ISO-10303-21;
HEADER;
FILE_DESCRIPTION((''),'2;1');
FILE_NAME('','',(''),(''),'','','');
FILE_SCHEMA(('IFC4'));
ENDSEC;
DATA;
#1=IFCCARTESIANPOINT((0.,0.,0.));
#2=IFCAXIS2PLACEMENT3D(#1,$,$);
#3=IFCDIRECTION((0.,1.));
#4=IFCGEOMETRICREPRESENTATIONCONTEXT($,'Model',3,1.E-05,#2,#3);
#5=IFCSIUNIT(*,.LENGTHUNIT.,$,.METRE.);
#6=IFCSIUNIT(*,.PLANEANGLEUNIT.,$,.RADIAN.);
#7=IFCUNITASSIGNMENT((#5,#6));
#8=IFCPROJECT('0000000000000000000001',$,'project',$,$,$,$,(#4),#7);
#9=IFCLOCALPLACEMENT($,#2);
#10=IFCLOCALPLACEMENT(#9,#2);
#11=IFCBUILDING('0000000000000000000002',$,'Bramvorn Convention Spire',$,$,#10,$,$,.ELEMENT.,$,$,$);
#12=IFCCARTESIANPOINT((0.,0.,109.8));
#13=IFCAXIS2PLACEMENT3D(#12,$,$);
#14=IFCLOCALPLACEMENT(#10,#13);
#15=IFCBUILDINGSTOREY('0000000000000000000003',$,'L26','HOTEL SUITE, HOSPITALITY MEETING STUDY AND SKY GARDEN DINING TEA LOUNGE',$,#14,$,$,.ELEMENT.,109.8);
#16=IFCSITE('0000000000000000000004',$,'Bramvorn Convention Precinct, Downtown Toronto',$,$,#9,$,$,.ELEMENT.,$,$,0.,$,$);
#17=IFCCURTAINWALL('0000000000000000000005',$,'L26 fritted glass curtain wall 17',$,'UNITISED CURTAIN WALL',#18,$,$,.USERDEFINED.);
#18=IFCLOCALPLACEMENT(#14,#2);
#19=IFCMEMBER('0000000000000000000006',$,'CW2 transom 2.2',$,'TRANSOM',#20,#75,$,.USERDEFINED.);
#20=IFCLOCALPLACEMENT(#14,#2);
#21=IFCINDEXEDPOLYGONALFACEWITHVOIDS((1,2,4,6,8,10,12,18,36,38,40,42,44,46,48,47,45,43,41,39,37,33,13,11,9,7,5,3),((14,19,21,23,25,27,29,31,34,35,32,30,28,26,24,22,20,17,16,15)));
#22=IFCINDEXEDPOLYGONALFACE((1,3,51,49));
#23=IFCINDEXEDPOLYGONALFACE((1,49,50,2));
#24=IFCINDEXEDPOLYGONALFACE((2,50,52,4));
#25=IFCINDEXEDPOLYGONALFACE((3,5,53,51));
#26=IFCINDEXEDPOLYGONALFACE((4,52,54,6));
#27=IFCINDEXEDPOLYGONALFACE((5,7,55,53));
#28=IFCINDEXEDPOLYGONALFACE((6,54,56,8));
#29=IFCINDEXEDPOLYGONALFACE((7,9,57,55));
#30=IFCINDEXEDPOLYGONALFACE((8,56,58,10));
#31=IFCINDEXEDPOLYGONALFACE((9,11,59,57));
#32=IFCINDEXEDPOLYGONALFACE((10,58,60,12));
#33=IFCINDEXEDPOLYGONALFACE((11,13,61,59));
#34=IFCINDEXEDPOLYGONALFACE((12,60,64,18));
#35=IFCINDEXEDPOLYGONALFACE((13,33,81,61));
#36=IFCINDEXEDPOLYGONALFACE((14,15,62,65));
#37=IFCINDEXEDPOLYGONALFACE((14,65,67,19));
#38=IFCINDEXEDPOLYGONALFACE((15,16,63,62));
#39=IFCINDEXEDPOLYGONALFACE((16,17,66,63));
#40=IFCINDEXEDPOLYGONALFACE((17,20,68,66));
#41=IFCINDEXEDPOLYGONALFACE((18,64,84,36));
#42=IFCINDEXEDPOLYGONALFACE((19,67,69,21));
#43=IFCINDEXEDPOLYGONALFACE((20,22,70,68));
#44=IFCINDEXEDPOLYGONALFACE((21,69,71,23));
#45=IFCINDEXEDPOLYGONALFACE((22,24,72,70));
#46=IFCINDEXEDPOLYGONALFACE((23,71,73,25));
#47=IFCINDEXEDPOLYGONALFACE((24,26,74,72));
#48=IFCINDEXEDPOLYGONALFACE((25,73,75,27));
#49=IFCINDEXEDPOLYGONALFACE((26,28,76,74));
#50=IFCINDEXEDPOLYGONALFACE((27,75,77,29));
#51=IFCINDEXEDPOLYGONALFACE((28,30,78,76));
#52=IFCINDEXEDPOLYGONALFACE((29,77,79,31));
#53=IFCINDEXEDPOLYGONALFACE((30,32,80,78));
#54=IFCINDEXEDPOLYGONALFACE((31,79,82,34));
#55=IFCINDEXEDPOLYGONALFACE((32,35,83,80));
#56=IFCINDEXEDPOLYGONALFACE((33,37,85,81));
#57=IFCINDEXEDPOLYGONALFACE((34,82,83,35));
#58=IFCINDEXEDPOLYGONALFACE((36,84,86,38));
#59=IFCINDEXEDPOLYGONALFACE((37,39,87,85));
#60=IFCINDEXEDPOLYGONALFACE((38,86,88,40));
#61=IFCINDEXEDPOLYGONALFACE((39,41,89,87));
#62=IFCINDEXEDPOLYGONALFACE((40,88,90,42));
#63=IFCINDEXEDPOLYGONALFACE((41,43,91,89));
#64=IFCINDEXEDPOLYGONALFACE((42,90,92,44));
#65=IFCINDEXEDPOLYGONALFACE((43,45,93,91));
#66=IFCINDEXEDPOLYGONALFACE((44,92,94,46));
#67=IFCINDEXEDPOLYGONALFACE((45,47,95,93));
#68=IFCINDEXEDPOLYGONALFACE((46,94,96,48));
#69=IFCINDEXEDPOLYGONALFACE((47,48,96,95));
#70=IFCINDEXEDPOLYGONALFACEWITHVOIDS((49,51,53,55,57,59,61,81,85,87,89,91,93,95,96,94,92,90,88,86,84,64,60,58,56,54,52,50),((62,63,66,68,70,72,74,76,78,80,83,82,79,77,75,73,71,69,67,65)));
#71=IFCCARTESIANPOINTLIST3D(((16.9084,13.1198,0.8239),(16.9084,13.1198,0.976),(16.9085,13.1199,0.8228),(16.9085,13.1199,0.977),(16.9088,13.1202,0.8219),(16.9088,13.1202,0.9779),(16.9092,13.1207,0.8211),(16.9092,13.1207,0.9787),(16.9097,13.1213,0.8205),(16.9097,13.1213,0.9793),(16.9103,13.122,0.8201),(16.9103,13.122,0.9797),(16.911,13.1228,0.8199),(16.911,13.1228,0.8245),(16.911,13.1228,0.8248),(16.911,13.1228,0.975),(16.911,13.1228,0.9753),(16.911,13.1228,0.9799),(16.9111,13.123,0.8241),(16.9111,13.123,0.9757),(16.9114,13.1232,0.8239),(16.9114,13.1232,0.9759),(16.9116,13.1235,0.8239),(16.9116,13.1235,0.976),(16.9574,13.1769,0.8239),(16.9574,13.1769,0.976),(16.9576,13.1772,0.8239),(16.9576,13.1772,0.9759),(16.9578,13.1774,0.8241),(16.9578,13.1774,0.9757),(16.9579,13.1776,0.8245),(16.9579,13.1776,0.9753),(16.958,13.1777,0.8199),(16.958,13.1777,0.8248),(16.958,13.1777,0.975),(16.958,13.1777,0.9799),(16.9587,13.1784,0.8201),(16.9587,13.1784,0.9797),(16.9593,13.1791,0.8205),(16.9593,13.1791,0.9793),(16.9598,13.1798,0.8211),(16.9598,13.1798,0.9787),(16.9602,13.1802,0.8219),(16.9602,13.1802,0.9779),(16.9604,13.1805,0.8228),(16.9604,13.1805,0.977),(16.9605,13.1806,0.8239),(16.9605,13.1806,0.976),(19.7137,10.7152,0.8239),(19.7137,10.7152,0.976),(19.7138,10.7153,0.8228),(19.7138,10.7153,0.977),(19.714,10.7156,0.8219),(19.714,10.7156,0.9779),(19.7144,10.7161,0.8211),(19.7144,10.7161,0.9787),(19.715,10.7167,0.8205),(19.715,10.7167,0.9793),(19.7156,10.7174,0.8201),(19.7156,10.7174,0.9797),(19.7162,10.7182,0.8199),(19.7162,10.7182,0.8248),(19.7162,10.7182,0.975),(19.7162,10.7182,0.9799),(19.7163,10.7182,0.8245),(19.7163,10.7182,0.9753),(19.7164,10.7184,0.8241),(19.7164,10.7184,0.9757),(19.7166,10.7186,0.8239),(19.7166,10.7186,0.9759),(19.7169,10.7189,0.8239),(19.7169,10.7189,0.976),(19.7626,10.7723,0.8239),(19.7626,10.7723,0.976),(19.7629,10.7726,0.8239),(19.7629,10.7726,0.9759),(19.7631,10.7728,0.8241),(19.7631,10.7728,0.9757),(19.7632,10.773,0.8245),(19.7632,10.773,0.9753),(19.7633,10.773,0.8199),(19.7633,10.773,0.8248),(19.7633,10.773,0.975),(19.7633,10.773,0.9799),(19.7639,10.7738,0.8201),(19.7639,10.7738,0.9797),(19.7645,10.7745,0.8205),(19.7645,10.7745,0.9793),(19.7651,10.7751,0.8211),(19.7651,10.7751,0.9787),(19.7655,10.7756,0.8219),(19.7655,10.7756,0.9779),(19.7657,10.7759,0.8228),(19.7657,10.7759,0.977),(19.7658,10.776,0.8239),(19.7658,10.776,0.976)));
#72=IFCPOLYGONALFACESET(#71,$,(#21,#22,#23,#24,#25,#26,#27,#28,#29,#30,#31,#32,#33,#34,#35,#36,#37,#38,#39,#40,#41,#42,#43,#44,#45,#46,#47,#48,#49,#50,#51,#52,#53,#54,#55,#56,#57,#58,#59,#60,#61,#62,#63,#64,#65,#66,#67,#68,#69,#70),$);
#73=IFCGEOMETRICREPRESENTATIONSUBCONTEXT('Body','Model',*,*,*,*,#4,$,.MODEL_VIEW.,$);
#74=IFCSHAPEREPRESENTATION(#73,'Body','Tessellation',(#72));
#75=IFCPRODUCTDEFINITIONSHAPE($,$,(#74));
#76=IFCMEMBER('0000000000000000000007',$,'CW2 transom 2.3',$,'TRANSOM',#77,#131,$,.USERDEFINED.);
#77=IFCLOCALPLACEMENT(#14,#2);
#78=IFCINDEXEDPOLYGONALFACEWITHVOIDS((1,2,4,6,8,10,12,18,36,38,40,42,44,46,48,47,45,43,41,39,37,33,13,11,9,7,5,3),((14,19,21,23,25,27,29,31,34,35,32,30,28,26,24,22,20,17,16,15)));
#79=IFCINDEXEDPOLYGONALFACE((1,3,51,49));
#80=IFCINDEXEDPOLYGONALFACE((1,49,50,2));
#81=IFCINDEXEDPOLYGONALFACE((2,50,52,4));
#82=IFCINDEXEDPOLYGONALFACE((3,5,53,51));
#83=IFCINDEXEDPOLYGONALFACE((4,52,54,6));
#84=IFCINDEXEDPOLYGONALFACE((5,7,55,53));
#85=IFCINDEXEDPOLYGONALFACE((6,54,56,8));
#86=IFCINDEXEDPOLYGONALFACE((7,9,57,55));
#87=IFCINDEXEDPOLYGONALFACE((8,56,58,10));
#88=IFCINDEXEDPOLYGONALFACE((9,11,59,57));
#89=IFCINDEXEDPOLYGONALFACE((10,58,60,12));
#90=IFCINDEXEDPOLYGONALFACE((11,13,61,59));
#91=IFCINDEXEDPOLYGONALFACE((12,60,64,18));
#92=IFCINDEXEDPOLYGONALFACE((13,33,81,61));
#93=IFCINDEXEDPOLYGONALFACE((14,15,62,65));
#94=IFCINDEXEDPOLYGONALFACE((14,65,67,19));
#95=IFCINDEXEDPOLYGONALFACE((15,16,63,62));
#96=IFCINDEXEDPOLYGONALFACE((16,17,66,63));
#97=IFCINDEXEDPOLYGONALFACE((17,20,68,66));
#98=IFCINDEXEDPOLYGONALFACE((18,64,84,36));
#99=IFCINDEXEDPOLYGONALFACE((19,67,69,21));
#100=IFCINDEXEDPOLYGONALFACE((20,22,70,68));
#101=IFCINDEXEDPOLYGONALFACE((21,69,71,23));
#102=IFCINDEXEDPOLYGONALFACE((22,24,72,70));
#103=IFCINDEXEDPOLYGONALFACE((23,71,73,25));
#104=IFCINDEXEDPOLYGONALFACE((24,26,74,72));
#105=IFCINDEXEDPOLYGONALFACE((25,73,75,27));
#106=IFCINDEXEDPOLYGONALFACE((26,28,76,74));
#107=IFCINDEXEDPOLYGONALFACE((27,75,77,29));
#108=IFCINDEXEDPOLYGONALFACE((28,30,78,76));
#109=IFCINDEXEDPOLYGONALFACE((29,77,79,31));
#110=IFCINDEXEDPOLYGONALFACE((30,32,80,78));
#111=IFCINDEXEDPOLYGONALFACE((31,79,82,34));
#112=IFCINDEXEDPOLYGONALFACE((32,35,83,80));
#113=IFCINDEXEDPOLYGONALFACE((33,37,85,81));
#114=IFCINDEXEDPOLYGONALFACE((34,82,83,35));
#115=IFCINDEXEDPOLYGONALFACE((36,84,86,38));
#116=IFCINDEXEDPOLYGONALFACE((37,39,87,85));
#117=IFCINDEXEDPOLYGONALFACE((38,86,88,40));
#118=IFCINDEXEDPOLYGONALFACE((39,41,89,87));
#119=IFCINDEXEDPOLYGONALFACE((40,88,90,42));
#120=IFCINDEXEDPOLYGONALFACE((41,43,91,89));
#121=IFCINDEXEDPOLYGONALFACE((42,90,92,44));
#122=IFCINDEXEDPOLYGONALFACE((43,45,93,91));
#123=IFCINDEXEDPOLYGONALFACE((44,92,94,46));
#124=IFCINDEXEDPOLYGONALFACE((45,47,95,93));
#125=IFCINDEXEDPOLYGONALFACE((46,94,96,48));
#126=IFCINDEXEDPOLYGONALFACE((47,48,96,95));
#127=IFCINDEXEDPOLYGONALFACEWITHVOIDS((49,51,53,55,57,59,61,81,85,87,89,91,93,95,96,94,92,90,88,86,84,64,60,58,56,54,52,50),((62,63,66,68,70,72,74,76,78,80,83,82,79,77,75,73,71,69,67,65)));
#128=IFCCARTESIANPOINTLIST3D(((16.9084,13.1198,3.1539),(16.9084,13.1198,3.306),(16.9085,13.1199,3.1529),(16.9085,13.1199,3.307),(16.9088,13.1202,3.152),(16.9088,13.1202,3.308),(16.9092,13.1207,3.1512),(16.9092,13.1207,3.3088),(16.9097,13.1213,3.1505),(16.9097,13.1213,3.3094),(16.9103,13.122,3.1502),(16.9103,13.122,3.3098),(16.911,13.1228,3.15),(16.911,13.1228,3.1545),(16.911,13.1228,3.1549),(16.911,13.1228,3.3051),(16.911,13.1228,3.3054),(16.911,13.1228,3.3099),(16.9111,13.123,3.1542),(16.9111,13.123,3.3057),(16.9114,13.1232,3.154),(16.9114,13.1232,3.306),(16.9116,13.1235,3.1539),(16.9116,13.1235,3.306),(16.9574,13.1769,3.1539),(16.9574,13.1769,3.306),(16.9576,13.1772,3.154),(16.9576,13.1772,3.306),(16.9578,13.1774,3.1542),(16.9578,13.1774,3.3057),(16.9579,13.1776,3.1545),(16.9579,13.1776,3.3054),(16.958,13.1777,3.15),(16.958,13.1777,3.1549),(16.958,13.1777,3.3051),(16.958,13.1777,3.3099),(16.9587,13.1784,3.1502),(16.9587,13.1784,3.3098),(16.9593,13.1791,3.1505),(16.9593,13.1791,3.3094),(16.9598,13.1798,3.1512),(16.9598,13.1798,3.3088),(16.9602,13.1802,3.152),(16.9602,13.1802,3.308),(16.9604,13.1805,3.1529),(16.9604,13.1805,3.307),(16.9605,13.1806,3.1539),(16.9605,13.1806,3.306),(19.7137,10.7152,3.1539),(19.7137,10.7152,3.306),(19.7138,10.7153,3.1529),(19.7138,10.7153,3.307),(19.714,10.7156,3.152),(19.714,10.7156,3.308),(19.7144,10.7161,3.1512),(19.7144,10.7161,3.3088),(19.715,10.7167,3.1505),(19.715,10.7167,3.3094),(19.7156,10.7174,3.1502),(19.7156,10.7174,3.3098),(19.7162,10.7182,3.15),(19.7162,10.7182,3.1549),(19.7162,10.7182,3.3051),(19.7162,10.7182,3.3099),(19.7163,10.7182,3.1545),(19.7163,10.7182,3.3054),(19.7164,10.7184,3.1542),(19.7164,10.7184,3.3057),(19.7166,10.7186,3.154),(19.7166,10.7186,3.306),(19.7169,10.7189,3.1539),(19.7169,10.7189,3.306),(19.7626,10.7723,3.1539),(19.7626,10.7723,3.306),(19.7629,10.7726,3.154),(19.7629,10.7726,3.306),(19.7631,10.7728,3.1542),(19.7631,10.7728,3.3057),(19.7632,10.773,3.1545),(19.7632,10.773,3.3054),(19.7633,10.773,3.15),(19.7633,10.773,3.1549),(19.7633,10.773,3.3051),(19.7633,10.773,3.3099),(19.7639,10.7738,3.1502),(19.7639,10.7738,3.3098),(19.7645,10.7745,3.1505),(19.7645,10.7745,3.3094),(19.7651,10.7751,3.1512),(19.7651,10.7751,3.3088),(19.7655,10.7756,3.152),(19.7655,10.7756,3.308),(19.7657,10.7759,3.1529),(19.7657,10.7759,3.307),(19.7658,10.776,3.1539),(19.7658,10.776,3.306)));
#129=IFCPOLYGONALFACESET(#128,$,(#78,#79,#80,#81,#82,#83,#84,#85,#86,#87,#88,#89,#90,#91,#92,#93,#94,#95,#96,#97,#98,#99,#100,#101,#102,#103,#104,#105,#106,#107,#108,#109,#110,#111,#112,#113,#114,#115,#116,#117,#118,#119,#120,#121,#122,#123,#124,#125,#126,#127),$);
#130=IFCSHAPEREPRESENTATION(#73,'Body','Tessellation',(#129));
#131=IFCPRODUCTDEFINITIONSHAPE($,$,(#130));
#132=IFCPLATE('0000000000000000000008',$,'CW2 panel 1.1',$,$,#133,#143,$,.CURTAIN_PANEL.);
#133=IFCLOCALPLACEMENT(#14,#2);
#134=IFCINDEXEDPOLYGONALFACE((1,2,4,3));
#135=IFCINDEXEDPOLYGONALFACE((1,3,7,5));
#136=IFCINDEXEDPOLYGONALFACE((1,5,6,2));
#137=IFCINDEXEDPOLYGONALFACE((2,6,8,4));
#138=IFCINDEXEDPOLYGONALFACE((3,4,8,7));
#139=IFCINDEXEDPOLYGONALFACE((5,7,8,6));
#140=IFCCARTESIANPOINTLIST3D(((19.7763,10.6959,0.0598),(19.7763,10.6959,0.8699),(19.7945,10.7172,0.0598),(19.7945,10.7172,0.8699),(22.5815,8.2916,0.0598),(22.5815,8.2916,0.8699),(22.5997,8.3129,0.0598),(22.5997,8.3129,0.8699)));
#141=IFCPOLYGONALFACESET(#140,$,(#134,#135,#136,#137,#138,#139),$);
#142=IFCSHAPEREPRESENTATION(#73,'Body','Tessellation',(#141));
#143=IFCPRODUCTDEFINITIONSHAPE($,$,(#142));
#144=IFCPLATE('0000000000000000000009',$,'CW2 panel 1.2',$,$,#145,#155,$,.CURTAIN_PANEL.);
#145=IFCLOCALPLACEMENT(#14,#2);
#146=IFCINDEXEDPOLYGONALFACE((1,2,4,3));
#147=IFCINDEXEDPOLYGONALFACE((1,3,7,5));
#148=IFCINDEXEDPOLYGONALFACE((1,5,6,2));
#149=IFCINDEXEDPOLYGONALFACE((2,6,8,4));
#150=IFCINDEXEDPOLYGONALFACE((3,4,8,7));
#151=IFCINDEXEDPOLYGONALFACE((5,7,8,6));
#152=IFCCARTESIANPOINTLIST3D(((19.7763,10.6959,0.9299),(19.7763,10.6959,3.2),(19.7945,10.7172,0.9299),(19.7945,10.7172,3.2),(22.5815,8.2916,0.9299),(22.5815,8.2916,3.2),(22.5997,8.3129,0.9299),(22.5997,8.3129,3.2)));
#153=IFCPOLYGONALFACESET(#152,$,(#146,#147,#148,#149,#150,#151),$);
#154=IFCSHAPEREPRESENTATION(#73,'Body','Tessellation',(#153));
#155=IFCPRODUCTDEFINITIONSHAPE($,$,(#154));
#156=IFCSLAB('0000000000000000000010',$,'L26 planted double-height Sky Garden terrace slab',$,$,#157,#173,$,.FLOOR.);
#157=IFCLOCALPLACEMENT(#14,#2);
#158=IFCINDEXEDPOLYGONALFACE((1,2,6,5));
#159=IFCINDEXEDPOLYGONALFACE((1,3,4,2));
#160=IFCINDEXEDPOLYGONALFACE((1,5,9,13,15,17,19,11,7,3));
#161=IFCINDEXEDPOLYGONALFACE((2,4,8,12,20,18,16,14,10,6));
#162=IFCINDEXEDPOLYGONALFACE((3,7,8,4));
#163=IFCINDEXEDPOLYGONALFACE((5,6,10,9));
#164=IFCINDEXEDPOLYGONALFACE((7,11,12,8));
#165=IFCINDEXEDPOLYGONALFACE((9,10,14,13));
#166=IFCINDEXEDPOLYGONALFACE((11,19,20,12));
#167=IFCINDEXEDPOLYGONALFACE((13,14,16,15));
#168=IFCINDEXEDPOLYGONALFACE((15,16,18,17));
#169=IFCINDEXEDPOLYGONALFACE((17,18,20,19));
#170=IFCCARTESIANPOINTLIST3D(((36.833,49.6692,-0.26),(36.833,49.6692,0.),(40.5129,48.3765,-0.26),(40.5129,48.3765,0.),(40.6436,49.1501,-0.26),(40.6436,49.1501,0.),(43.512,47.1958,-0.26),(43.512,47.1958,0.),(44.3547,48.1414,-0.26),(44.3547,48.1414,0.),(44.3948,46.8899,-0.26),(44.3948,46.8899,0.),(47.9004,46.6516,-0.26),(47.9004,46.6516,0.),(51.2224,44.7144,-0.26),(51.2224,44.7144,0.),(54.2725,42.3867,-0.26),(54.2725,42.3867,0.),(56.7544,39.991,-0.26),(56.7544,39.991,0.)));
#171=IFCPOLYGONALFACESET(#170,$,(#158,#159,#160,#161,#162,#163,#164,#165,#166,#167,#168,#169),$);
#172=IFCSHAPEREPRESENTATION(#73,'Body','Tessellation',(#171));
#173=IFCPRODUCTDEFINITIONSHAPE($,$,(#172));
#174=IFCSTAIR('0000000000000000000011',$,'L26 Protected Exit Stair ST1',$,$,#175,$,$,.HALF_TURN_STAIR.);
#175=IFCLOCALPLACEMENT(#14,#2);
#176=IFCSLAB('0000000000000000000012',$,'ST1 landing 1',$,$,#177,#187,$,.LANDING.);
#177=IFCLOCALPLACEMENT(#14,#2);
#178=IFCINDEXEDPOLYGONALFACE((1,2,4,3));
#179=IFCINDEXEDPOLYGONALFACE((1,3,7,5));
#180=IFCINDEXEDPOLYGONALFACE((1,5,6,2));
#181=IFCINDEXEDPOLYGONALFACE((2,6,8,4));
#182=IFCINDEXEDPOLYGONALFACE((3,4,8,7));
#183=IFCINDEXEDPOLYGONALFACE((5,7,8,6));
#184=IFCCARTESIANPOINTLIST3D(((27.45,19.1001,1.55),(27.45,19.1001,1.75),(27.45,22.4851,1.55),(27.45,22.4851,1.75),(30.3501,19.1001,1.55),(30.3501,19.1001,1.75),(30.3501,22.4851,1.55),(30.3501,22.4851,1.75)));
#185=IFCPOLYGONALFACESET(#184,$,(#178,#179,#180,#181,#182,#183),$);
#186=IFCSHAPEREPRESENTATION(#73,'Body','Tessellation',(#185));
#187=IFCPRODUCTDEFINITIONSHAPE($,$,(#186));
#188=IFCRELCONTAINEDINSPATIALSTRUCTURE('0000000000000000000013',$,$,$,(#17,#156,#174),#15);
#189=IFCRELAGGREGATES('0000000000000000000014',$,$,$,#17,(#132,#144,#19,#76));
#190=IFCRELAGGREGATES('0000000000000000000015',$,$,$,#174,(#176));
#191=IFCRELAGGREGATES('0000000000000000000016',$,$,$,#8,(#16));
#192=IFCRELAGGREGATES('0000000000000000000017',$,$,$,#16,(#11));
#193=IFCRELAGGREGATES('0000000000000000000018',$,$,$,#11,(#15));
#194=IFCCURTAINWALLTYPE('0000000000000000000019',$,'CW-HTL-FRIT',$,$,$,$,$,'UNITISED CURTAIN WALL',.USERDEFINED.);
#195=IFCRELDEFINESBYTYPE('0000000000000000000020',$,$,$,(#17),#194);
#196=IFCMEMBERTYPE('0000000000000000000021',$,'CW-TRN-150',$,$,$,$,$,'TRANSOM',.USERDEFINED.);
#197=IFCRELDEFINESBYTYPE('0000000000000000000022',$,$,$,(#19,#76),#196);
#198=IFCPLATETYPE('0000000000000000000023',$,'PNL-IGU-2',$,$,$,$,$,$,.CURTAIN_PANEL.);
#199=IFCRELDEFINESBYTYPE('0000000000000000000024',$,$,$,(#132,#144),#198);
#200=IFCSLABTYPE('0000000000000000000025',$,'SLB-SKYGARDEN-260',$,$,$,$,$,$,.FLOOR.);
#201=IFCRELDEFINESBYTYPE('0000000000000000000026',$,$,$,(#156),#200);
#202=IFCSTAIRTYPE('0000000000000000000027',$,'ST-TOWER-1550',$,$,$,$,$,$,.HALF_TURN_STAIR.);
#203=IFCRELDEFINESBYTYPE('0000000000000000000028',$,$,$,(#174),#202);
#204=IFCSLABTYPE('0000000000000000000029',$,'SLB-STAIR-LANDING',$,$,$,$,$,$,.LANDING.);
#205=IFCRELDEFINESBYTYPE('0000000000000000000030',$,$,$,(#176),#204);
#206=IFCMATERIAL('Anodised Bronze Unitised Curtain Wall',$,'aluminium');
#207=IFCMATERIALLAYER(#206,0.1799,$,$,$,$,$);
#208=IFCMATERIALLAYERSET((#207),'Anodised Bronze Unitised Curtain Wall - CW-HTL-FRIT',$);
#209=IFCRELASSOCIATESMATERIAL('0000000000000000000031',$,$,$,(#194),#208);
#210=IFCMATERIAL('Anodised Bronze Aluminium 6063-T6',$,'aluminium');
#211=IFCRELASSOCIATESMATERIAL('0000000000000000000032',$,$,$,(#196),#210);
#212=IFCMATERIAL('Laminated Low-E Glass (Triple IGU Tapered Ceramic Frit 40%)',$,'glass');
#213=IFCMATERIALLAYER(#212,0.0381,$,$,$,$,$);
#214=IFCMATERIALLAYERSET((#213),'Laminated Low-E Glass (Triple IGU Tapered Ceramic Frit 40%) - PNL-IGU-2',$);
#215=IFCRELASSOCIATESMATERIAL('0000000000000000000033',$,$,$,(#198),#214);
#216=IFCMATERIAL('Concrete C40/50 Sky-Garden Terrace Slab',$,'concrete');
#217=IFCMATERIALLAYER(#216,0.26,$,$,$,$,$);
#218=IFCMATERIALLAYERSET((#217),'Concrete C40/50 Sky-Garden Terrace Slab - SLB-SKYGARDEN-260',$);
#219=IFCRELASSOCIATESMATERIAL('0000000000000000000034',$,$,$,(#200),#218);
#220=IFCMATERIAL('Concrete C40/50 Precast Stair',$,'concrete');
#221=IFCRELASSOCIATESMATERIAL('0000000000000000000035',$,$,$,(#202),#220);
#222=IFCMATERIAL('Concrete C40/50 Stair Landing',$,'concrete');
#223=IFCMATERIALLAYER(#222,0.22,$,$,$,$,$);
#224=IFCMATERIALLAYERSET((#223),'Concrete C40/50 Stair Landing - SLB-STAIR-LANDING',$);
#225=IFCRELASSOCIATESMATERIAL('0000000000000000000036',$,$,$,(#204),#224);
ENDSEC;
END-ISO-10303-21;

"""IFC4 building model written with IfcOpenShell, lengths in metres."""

from ifc_helpers import new_model, si_unit, direction, frame, origin, origin_2d, place, context, subcontext, project, spatial, polyline, rectangle, hollow_rectangle, outline, extrude, material, layer, layer_set, material_profile, profile_set, type_object, element, aggregate, save


model = new_model("IFC4")

# Units and contexts
model_context = context("Model", 3, precision=1e-05, world=origin(), true_north=direction((0.0, 1.0)))
body_context = subcontext(model_context, "Body", "Model", "MODEL_VIEW")
ifc_project = project(units=[si_unit("LENGTHUNIT", "METRE"), si_unit("PLANEANGLEUNIT", "RADIAN")], contexts=[model_context])

# Site, building, storey
site_placement = place(None, origin())
site = spatial("IfcSite", under=ifc_project, at=site_placement, Name="Bramvorn Convention Precinct, Downtown Toronto", CompositionType="ELEMENT", RefElevation=0.0)
building_placement = place(site_placement, origin())
building = spatial("IfcBuilding", under=site, at=building_placement, Name="Bramvorn Convention Spire", CompositionType="ELEMENT")
storey_placement = place(building_placement, frame((0.0, 0.0, 109.8)))
storey = spatial("IfcBuildingStorey", under=building, at=storey_placement, Name="L26", Description="HOTEL SUITE, HOSPITALITY MEETING STUDY AND SKY GARDEN DINING TEA LOUNGE", CompositionType="ELEMENT", Elevation=109.8)

# Curtain wall, members, plates
ifc_material_1 = material(Name="Anodised Bronze Unitised Curtain Wall", Category="aluminium")
ifc_layer_1 = layer(ifc_material_1, 0.1799)
ifc_layer_set_1 = layer_set([ifc_layer_1], Name="Anodised Bronze Unitised Curtain Wall - CW-HTL-FRIT")
curtain_wall_type = type_object("IfcCurtainWallType", Name="CW-HTL-FRIT", ElementType="UNITISED CURTAIN WALL", PredefinedType="USERDEFINED", material=ifc_layer_set_1)
curtain_wall_placement = place(storey_placement, origin())
curtain_wall = element("IfcCurtainWall", 1, at=curtain_wall_placement, inside=storey, type_object=curtain_wall_type, Name="L26 fritted glass curtain wall 17", ObjectType="UNITISED CURTAIN WALL", PredefinedType="USERDEFINED")
ifc_material_2 = material(Name="Anodised Bronze Aluminium 6063-T6", Category="aluminium")
ifc_material_profile_1 = material_profile(ifc_material_2, hollow_rectangle(XDim=0.0801, YDim=0.1599, WallThickness=0.0039, InnerFilletRadius=0.001, OuterFilletRadius=0.0039, at=origin_2d()))
ifc_profile_set_1 = profile_set([ifc_material_profile_1], Name="Anodised Bronze Aluminium 6063-T6 - CWT80X160")
member_type_1 = type_object("IfcMemberType", Name="CW-TRN-150", ElementType="TRANSOM", PredefinedType="USERDEFINED", material=ifc_profile_set_1)
member_1_placement = place(storey_placement, frame((19.7397, 10.7456, 0.8999), z_axis=(-0.759243, 0.650808, 0.0), x_axis=(-0.650808, -0.759243, 0.0)))
member_1 = element("IfcMember", 2, at=member_1_placement, type_object=member_type_1, Name="CW2 transom 2.2", ObjectType="TRANSOM", PredefinedType="USERDEFINED", context=body_context, shape_type="SweptSolid", body=[
    extrude(hollow_rectangle(XDim=0.0801, YDim=0.1599, WallThickness=0.0039, InnerFilletRadius=0.001, OuterFilletRadius=0.0039, at=origin_2d()), origin(), (0.0, 0.0, 1.0), 3.6948),
])
member_2_placement = place(storey_placement, frame((19.7397, 10.7456, 3.23), z_axis=(-0.759243, 0.650808, 0.0), x_axis=(-0.650808, -0.759243, 0.0)))
member_2 = element("IfcMember", 3, at=member_2_placement, type_object=member_type_1, Name="CW2 transom 2.3", ObjectType="TRANSOM", PredefinedType="USERDEFINED", context=body_context, shape_type="SweptSolid", body=[
    extrude(hollow_rectangle(XDim=0.0801, YDim=0.1599, WallThickness=0.0039, InnerFilletRadius=0.001, OuterFilletRadius=0.0039, at=origin_2d()), origin(), (0.0, 0.0, 1.0), 3.6948),
])
ifc_material_3 = material(Name="Laminated Low-E Glass (Triple IGU Tapered Ceramic Frit 40%)", Category="glass")
ifc_layer_2 = layer(ifc_material_3, 0.0381)
ifc_layer_set_2 = layer_set([ifc_layer_2], Name="Laminated Low-E Glass (Triple IGU Tapered Ceramic Frit 40%) - PNL-IGU-2")
plate_type = type_object("IfcPlateType", Name="PNL-IGU-2", PredefinedType="CURTAIN_PANEL", material=ifc_layer_set_2)
plate_1_placement = place(storey_placement, frame((21.188, 9.5044, 0.0598), z_axis=(0.0, 0.0, 1.0), x_axis=(-0.759275, 0.65077, 0.0)))
plate_1 = element("IfcPlate", 4, at=plate_1_placement, type_object=plate_type, Name="CW2 panel 1.1", PredefinedType="CURTAIN_PANEL", context=body_context, shape_type="SweptSolid", body=[
    extrude(rectangle(XDim=3.6946, YDim=0.0281, at=origin_2d()), origin(), (0.0, 0.0, 1.0), 0.8101),
])
plate_2_placement = place(storey_placement, frame((21.188, 9.5044, 0.9299), z_axis=(0.0, 0.0, 1.0), x_axis=(-0.759275, 0.65077, 0.0)))
plate_2 = element("IfcPlate", 5, at=plate_2_placement, type_object=plate_type, Name="CW2 panel 1.2", PredefinedType="CURTAIN_PANEL", context=body_context, shape_type="SweptSolid", body=[
    extrude(rectangle(XDim=3.6946, YDim=0.0281, at=origin_2d()), origin(), (0.0, 0.0, 1.0), 2.27),
])
aggregate(curtain_wall, [plate_1, plate_2, member_1, member_2])

# Slab
ifc_material_4 = material(Name="Concrete C40/50 Sky-Garden Terrace Slab", Category="concrete")
ifc_layer_3 = layer(ifc_material_4, 0.26)
ifc_layer_set_3 = layer_set([ifc_layer_3], Name="Concrete C40/50 Sky-Garden Terrace Slab - SLB-SKYGARDEN-260")
slab_type_1 = type_object("IfcSlabType", Name="SLB-SKYGARDEN-260", PredefinedType="FLOOR", material=ifc_layer_set_3)
slab_1_placement = place(storey_placement, frame((0.0, 0.0, -0.26)))
element("IfcSlab", 6, at=slab_1_placement, inside=storey, type_object=slab_type_1, Name="L26 planted double-height Sky Garden terrace slab", PredefinedType="FLOOR", context=body_context, shape_type="SweptSolid", body=[
    extrude(outline(polyline([(36.833, 49.6692), (40.5129, 48.3765), (43.512, 47.1958), (44.3948, 46.8899), (56.7544, 39.991), (54.2725, 42.3867), (51.2224, 44.7144), (47.9004, 46.6516), (44.3547, 48.1414), (40.6436, 49.1501), (36.833, 49.6692)])), origin(), (0.0, 0.0, 1.0), 0.26),
])

# Stair, slab
ifc_material_5 = material(Name="Concrete C40/50 Precast Stair", Category="concrete")
stair_type = type_object("IfcStairType", Name="ST-TOWER-1550", PredefinedType="HALF_TURN_STAIR", material=ifc_material_5)
stair_1_placement = place(storey_placement, origin())
stair_1 = element("IfcStair", 7, at=stair_1_placement, inside=storey, type_object=stair_type, Name="L26 Protected Exit Stair ST1", PredefinedType="HALF_TURN_STAIR")
ifc_material_6 = material(Name="Concrete C40/50 Stair Landing", Category="concrete")
ifc_layer_4 = layer(ifc_material_6, 0.22)
ifc_layer_set_4 = layer_set([ifc_layer_4], Name="Concrete C40/50 Stair Landing - SLB-STAIR-LANDING")
slab_type_2 = type_object("IfcSlabType", Name="SLB-STAIR-LANDING", PredefinedType="LANDING", material=ifc_layer_set_4)
slab_2_placement = place(storey_placement, frame((0.0, 0.0, 1.55)))
slab_2 = element("IfcSlab", 8, at=slab_2_placement, type_object=slab_type_2, Name="ST1 landing 1", PredefinedType="LANDING", context=body_context, shape_type="SweptSolid", body=[
    extrude(outline(polyline([(27.45, 22.4851), (27.45, 19.1001), (30.3501, 19.1001), (30.3501, 22.4851), (27.45, 22.4851)])), origin(), (0.0, 0.0, 1.0), 0.2),
])
aggregate(stair_1, [slab_2])

save(model, "model.ifc")
